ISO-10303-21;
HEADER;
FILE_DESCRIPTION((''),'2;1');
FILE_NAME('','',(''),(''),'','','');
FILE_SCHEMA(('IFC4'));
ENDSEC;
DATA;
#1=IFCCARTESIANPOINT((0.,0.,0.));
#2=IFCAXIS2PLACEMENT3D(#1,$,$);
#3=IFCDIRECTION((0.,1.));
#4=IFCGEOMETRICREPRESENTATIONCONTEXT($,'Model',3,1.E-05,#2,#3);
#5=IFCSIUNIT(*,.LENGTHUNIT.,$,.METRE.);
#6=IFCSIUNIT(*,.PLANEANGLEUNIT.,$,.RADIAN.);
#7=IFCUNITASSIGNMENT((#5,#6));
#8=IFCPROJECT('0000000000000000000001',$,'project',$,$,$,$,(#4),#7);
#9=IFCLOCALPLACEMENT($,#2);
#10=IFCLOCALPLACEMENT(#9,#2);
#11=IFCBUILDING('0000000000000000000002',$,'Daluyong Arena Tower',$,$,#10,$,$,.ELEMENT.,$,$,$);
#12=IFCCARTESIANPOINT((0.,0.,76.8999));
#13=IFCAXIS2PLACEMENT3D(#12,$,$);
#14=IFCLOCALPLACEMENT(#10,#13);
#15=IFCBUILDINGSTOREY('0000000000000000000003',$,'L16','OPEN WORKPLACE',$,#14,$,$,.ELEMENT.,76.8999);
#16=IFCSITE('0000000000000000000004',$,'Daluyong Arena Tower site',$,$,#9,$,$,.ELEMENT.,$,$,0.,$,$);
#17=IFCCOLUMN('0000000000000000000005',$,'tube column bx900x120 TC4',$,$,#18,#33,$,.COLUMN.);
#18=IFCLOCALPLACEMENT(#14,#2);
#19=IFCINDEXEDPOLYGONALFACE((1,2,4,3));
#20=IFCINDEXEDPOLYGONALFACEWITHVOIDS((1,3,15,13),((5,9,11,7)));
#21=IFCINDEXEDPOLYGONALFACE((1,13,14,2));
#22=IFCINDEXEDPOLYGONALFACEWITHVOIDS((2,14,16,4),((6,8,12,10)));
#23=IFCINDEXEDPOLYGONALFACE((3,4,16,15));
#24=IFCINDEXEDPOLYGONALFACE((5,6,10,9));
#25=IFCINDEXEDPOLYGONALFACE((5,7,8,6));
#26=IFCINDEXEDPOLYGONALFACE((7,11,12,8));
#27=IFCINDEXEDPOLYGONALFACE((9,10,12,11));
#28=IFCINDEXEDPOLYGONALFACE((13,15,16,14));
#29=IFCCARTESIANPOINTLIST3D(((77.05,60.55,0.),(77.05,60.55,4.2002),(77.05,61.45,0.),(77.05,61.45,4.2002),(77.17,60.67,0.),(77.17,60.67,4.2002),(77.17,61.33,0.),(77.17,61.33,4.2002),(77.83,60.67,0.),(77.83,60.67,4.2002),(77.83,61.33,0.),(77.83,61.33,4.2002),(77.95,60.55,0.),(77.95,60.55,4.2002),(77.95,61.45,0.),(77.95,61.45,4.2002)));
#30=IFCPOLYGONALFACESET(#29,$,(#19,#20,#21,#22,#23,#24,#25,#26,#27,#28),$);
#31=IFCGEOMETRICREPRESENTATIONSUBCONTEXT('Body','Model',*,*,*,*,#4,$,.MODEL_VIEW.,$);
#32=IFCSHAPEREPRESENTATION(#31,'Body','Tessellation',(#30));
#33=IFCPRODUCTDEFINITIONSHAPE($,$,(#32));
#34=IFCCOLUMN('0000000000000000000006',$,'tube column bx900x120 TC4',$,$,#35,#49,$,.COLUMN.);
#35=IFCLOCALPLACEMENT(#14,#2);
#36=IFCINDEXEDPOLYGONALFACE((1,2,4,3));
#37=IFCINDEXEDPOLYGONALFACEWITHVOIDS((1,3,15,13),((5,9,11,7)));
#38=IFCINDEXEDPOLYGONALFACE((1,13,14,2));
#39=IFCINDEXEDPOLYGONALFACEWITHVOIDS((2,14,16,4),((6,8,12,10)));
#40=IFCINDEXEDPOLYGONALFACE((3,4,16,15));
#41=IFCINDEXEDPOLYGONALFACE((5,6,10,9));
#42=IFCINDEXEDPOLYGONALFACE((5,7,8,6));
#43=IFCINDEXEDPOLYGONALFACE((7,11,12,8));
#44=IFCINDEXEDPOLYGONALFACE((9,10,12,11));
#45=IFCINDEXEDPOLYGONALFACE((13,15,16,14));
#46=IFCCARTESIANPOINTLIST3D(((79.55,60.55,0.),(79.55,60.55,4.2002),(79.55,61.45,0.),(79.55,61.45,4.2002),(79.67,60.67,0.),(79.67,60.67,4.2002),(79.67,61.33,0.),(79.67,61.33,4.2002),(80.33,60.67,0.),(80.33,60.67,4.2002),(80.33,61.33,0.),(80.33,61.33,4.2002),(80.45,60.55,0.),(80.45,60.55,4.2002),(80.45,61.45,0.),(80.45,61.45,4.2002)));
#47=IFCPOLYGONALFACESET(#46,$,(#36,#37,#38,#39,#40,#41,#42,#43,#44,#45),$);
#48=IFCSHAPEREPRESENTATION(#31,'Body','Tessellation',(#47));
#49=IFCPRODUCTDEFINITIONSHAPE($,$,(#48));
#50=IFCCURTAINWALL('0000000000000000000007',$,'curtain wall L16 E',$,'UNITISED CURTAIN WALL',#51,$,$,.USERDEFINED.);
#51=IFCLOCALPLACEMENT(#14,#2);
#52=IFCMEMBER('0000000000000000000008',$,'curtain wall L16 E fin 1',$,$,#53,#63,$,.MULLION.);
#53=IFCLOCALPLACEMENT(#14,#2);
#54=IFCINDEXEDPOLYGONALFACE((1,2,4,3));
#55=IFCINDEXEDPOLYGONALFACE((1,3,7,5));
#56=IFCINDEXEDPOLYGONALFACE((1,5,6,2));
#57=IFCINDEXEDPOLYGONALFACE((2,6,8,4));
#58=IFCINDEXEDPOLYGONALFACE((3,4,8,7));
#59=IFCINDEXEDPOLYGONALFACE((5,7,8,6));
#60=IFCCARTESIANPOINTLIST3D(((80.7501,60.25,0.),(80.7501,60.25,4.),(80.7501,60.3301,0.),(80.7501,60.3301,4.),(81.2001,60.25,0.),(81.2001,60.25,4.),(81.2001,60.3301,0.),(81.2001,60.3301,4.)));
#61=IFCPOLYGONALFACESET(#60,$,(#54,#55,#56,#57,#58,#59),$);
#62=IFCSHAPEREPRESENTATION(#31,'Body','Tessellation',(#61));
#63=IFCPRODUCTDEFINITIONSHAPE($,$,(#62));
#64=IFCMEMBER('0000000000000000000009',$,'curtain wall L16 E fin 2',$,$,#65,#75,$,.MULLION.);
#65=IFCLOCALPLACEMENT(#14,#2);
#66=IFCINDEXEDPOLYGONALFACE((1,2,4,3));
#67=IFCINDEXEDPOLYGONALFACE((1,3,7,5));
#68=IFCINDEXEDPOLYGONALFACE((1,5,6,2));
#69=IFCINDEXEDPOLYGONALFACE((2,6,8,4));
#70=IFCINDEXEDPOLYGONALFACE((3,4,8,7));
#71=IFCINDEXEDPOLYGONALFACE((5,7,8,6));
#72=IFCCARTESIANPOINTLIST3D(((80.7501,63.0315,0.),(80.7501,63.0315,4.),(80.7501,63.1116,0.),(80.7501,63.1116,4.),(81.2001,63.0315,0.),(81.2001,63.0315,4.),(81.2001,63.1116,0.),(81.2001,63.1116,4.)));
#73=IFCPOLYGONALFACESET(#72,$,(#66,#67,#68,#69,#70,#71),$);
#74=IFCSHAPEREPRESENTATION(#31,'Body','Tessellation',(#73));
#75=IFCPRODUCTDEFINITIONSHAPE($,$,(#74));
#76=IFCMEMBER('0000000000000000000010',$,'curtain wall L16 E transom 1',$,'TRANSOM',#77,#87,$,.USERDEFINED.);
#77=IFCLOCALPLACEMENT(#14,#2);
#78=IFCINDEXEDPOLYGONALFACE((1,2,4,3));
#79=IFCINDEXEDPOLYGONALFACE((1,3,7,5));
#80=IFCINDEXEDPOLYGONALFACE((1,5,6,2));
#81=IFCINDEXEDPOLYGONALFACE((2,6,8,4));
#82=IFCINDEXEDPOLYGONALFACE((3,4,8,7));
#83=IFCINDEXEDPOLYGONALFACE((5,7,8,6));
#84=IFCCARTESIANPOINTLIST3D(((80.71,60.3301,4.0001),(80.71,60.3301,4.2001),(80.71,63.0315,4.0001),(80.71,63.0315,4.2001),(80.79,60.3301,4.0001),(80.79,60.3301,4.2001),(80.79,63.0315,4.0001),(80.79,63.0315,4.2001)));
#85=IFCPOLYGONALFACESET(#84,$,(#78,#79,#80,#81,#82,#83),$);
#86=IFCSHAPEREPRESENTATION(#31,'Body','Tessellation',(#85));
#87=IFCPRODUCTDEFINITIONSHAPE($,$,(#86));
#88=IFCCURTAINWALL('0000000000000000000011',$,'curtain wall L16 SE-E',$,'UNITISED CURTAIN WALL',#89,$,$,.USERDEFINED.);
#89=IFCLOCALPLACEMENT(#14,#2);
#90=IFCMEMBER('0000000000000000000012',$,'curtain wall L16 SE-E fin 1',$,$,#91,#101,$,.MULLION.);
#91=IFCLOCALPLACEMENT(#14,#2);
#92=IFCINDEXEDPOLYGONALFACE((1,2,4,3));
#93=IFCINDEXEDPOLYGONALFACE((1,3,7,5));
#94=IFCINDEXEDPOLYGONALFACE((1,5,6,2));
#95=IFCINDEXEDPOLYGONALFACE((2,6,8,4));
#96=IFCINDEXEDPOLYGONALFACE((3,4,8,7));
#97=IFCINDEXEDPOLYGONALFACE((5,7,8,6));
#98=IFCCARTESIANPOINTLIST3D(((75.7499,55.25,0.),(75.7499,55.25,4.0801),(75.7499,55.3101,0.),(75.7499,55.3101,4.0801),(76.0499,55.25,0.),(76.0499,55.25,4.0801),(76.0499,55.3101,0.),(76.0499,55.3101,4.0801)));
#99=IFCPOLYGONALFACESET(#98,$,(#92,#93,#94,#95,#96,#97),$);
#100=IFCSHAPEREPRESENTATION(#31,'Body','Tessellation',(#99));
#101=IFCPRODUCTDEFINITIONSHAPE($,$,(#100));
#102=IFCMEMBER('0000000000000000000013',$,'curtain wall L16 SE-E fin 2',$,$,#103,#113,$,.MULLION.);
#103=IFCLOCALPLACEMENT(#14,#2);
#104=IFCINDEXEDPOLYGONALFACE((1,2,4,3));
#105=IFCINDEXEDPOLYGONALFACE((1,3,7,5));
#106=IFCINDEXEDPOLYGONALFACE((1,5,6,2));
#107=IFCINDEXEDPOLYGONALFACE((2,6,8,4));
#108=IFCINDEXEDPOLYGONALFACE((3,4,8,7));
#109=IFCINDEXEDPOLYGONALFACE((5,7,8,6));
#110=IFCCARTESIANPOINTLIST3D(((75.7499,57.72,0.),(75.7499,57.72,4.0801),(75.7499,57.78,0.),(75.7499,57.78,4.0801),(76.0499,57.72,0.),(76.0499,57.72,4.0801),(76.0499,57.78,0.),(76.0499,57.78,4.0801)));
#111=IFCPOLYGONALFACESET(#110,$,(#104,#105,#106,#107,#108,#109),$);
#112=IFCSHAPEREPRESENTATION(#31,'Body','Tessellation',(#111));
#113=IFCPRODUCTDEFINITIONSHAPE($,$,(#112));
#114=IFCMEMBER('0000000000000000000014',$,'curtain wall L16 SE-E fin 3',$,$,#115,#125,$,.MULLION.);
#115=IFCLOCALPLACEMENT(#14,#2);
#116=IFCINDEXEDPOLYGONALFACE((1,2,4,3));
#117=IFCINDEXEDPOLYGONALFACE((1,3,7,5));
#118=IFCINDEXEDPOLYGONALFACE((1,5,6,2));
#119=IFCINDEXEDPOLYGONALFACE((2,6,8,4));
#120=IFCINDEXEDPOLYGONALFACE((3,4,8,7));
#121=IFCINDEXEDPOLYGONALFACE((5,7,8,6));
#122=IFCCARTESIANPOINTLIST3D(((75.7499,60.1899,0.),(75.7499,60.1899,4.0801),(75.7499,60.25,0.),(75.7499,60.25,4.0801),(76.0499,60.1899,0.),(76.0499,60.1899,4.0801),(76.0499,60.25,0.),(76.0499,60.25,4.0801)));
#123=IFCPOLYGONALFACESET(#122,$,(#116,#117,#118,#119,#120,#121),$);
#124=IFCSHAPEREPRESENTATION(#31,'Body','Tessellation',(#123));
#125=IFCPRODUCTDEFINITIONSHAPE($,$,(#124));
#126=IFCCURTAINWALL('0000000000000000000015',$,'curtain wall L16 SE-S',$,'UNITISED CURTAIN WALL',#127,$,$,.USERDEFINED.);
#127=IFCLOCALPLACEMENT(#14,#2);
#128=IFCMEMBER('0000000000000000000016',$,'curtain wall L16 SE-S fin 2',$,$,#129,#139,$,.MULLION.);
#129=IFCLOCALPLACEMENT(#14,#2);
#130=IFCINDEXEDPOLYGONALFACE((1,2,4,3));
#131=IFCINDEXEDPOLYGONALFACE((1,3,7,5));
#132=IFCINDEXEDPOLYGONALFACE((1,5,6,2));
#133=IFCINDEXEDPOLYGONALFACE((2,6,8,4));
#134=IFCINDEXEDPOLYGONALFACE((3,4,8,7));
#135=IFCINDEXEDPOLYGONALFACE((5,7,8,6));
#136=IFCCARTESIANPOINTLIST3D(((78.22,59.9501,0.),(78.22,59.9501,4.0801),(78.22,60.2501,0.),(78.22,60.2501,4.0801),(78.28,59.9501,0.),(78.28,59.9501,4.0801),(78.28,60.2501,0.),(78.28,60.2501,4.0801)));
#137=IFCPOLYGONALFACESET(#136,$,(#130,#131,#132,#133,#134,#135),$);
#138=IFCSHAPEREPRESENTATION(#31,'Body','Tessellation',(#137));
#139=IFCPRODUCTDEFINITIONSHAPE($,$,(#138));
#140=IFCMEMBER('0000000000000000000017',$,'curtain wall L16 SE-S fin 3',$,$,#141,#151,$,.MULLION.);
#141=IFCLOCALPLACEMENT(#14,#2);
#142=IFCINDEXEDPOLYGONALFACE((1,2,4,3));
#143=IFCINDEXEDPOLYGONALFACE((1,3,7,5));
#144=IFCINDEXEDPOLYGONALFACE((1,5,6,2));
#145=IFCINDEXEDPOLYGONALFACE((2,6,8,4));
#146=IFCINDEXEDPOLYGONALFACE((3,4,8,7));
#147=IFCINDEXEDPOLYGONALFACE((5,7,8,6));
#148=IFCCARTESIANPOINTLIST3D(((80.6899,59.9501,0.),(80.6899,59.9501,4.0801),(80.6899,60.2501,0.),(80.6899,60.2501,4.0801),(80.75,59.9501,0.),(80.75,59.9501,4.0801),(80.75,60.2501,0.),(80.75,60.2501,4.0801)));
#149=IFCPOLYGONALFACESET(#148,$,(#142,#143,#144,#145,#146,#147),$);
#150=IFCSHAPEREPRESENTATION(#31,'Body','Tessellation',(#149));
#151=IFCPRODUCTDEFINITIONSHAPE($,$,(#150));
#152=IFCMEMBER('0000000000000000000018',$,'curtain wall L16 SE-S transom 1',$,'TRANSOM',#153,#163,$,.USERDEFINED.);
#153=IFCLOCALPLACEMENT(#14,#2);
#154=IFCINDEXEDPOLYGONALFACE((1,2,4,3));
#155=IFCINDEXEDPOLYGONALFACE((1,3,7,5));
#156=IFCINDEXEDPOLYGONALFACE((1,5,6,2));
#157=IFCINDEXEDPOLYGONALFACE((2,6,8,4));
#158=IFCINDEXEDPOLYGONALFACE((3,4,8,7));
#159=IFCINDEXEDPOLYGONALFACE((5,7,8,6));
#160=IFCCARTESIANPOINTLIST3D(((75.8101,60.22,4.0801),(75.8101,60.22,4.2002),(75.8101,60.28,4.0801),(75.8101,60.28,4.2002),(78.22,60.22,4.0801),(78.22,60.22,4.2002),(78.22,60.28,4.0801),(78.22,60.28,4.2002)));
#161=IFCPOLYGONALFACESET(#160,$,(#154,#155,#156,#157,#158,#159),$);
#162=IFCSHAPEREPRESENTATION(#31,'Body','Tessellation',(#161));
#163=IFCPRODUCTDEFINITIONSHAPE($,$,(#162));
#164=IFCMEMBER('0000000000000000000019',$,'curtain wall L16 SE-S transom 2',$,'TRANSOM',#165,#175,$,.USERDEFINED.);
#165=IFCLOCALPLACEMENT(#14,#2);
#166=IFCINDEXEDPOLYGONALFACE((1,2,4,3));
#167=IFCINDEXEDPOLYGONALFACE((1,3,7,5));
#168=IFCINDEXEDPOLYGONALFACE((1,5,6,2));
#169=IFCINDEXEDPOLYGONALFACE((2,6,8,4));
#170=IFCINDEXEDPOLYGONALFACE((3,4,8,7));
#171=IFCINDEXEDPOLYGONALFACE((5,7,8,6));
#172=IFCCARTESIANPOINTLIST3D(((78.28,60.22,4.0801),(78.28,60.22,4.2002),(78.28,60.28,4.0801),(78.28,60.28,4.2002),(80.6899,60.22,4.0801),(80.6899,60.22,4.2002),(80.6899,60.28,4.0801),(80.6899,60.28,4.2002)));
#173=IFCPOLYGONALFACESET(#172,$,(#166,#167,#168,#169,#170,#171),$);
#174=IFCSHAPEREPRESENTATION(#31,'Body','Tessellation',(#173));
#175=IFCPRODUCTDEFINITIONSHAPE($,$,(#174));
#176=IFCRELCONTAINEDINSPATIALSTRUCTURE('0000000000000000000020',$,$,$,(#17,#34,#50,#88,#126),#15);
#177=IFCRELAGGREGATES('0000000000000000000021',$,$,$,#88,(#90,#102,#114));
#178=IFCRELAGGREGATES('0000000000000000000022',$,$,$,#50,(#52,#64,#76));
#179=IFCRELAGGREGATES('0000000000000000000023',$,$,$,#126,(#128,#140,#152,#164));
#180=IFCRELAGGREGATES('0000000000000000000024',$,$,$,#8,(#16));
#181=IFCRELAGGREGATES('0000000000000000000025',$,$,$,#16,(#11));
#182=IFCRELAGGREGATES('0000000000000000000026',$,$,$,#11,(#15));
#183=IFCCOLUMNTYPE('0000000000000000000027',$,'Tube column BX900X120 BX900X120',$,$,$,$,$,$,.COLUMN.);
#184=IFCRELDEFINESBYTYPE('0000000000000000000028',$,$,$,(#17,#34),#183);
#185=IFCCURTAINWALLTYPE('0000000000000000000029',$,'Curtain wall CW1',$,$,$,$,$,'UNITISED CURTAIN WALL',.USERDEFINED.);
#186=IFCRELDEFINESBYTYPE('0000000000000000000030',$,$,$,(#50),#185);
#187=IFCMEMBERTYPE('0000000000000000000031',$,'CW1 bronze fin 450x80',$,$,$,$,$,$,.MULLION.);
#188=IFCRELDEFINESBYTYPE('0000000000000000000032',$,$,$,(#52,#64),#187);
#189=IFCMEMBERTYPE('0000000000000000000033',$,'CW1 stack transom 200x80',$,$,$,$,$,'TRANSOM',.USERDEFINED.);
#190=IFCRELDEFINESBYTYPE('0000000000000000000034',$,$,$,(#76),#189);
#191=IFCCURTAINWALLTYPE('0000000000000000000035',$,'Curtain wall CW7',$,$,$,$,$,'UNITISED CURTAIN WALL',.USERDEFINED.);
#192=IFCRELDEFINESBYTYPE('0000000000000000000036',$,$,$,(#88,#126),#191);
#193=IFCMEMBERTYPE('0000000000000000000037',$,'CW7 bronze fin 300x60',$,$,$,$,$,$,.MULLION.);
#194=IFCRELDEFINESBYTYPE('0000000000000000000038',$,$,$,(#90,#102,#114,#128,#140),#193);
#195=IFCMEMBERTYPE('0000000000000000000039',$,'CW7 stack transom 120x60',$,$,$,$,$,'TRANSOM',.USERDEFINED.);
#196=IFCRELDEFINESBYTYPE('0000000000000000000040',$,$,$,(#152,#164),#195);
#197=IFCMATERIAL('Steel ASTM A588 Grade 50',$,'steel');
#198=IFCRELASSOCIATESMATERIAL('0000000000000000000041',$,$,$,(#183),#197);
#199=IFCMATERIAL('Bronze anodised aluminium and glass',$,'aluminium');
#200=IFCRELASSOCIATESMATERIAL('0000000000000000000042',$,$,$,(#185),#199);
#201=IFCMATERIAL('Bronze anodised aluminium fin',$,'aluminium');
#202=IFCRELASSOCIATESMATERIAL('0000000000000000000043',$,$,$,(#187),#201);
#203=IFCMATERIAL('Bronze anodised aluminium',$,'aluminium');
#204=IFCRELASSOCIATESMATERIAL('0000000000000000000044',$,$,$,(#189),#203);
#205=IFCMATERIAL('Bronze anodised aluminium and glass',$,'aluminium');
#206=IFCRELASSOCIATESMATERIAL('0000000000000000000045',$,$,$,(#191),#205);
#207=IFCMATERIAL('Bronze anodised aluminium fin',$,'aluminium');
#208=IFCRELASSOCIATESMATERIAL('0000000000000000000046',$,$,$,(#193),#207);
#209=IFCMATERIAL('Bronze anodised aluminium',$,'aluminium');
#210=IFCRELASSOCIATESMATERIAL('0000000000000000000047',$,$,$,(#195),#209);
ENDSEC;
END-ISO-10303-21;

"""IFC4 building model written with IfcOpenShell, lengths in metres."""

from ifc_helpers import new_model, si_unit, direction, frame, origin, origin_2d, place, context, subcontext, project, spatial, rectangle, hollow_rectangle, extrude, material, material_profile, profile_set, type_object, element, aggregate, save


model = new_model("IFC4")

# Units and contexts
model_context = context("Model", 3, precision=1e-05, world=origin(), true_north=direction((0.0, 1.0)))
body_context = subcontext(model_context, "Body", "Model", "MODEL_VIEW")
ifc_project = project(units=[si_unit("LENGTHUNIT", "METRE"), si_unit("PLANEANGLEUNIT", "RADIAN")], contexts=[model_context])

# Site, building, storey
site_placement = place(None, origin())
site = spatial("IfcSite", under=ifc_project, at=site_placement, Name="Daluyong Arena Tower site", CompositionType="ELEMENT", RefElevation=0.0)
building_placement = place(site_placement, origin())
building = spatial("IfcBuilding", under=site, at=building_placement, Name="Daluyong Arena Tower", CompositionType="ELEMENT")
storey_placement = place(building_placement, frame((0.0, 0.0, 76.8999)))
storey = spatial("IfcBuildingStorey", under=building, at=storey_placement, Name="L16", Description="OPEN WORKPLACE", CompositionType="ELEMENT", Elevation=76.8999)

# Columns
ifc_material_1 = material(Name="Steel ASTM A588 Grade 50", Category="steel")
ifc_material_profile_1 = material_profile(ifc_material_1, hollow_rectangle(XDim=0.8999, YDim=0.8999, WallThickness=0.12, at=origin_2d()))
ifc_profile_set_1 = profile_set([ifc_material_profile_1], Name="Steel ASTM A588 Grade 50")
column_type = type_object("IfcColumnType", Name="Tube column BX900X120 BX900X120", PredefinedType="COLUMN", material=ifc_profile_set_1)
for number, where, z_axis, x_axis, name in (
    (1, (77.5, 61.0, 0.0), (0.0, 0.0, 1.0), (1.0, 0.0, 0.0), "tube column bx900x120 TC4"),
    (2, (80.0, 61.0, 0.0), (0.0, 0.0, 1.0), (0.0, 1.0, 0.0), "tube column bx900x120 TC4"),
):
    element("IfcColumn", number, at=place(storey_placement, frame(where, z_axis=z_axis, x_axis=x_axis)), inside=storey, type_object=column_type, Name=name, PredefinedType="COLUMN", context=body_context, shape_type="SweptSolid", body=[
        extrude(hollow_rectangle(XDim=0.8999, YDim=0.8999, WallThickness=0.12, at=origin_2d()), origin(), (0.0, 0.0, 1.0), 4.2002),
    ])

# Curtain walls, members
ifc_material_2 = material(Name="Bronze anodised aluminium and glass", Category="aluminium")
curtain_wall_type_1 = type_object("IfcCurtainWallType", Name="Curtain wall CW1", ElementType="UNITISED CURTAIN WALL", PredefinedType="USERDEFINED", material=ifc_material_2)
curtain_wall_1_placement = place(storey_placement, origin())
curtain_wall_1 = element("IfcCurtainWall", 3, at=curtain_wall_1_placement, inside=storey, type_object=curtain_wall_type_1, Name="curtain wall L16 E", ObjectType="UNITISED CURTAIN WALL", PredefinedType="USERDEFINED")
ifc_material_3 = material(Name="Bronze anodised aluminium fin", Category="aluminium")
ifc_material_profile_2 = material_profile(ifc_material_3, rectangle(XDim=0.45, YDim=0.0801, at=origin_2d()))
ifc_profile_set_2 = profile_set([ifc_material_profile_2], Name="Bronze anodised aluminium fin")
member_type_1 = type_object("IfcMemberType", Name="CW1 bronze fin 450x80", PredefinedType="MULLION", material=ifc_profile_set_2)
member_1_placement = place(storey_placement, frame((80.9751, 60.29, 0.0), z_axis=(0.0, 0.0, 1.0), x_axis=(-1.0, 0.0, 0.0)))
member_1 = element("IfcMember", 4, at=member_1_placement, type_object=member_type_1, Name="curtain wall L16 E fin 1", PredefinedType="MULLION", context=body_context, shape_type="SweptSolid", body=[
    extrude(rectangle(XDim=0.45, YDim=0.0801, at=origin_2d()), origin(), (0.0, 0.0, 1.0), 4.0),
])
member_2_placement = place(storey_placement, frame((80.9751, 63.0715, 0.0), z_axis=(0.0, 0.0, 1.0), x_axis=(-1.0, 0.0, 0.0)))
member_2 = element("IfcMember", 5, at=member_2_placement, type_object=member_type_1, Name="curtain wall L16 E fin 2", PredefinedType="MULLION", context=body_context, shape_type="SweptSolid", body=[
    extrude(rectangle(XDim=0.45, YDim=0.0801, at=origin_2d()), origin(), (0.0, 0.0, 1.0), 4.0),
])
ifc_material_4 = material(Name="Bronze anodised aluminium", Category="aluminium")
ifc_material_profile_3 = material_profile(ifc_material_4, rectangle(XDim=0.0801, YDim=0.2, at=origin_2d()))
ifc_profile_set_3 = profile_set([ifc_material_profile_3], Name="Bronze anodised aluminium")
member_type_2 = type_object("IfcMemberType", Name="CW1 stack transom 200x80", ElementType="TRANSOM", PredefinedType="USERDEFINED", material=ifc_profile_set_3)
member_3_placement = place(storey_placement, frame((80.75, 60.3301, 4.1001), z_axis=(0.0, 1.0, 0.0), x_axis=(-1.0, 0.0, 0.0)))
member_3 = element("IfcMember", 6, at=member_3_placement, type_object=member_type_2, Name="curtain wall L16 E transom 1", ObjectType="TRANSOM", PredefinedType="USERDEFINED", context=body_context, shape_type="SweptSolid", body=[
    extrude(rectangle(XDim=0.0801, YDim=0.2, at=origin_2d()), origin(), (0.0, 0.0, 1.0), 2.7014),
])
ifc_material_5 = material(Name="Bronze anodised aluminium and glass", Category="aluminium")
curtain_wall_type_2 = type_object("IfcCurtainWallType", Name="Curtain wall CW7", ElementType="UNITISED CURTAIN WALL", PredefinedType="USERDEFINED", material=ifc_material_5)
curtain_wall_2_placement = place(storey_placement, origin())
curtain_wall_2 = element("IfcCurtainWall", 7, at=curtain_wall_2_placement, inside=storey, type_object=curtain_wall_type_2, Name="curtain wall L16 SE-E", ObjectType="UNITISED CURTAIN WALL", PredefinedType="USERDEFINED")
ifc_material_6 = material(Name="Bronze anodised aluminium fin", Category="aluminium")
ifc_material_profile_4 = material_profile(ifc_material_6, rectangle(XDim=0.3, YDim=0.0601, at=origin_2d()))
ifc_profile_set_4 = profile_set([ifc_material_profile_4], Name="Bronze anodised aluminium fin")
member_type_3 = type_object("IfcMemberType", Name="CW7 bronze fin 300x60", PredefinedType="MULLION", material=ifc_profile_set_4)
member_4_placement = place(storey_placement, frame((75.8999, 55.28, 0.0), z_axis=(0.0, 0.0, 1.0), x_axis=(-1.0, 0.0, 0.0)))
member_4 = element("IfcMember", 8, at=member_4_placement, type_object=member_type_3, Name="curtain wall L16 SE-E fin 1", PredefinedType="MULLION", context=body_context, shape_type="SweptSolid", body=[
    extrude(rectangle(XDim=0.3, YDim=0.0601, at=origin_2d()), origin(), (0.0, 0.0, 1.0), 4.0801),
])
member_5_placement = place(storey_placement, frame((75.8999, 57.75, 0.0), z_axis=(0.0, 0.0, 1.0), x_axis=(-1.0, 0.0, 0.0)))
member_5 = element("IfcMember", 9, at=member_5_placement, type_object=member_type_3, Name="curtain wall L16 SE-E fin 2", PredefinedType="MULLION", context=body_context, shape_type="SweptSolid", body=[
    extrude(rectangle(XDim=0.3, YDim=0.0601, at=origin_2d()), origin(), (0.0, 0.0, 1.0), 4.0801),
])
member_6_placement = place(storey_placement, frame((75.8999, 60.22, 0.0), z_axis=(0.0, 0.0, 1.0), x_axis=(-1.0, 0.0, 0.0)))
member_6 = element("IfcMember", 10, at=member_6_placement, type_object=member_type_3, Name="curtain wall L16 SE-E fin 3", PredefinedType="MULLION", context=body_context, shape_type="SweptSolid", body=[
    extrude(rectangle(XDim=0.3, YDim=0.0601, at=origin_2d()), origin(), (0.0, 0.0, 1.0), 4.0801),
])
aggregate(curtain_wall_2, [member_4, member_5, member_6])
curtain_wall_3_placement = place(storey_placement, origin())
curtain_wall_3 = element("IfcCurtainWall", 11, at=curtain_wall_3_placement, inside=storey, type_object=curtain_wall_type_2, Name="curtain wall L16 SE-S", ObjectType="UNITISED CURTAIN WALL", PredefinedType="USERDEFINED")
member_7_placement = place(storey_placement, frame((78.25, 60.1001, 0.0), z_axis=(0.0, 0.0, 1.0), x_axis=(0.0, 1.0, 0.0)))
member_7 = element("IfcMember", 12, at=member_7_placement, type_object=member_type_3, Name="curtain wall L16 SE-S fin 2", PredefinedType="MULLION", context=body_context, shape_type="SweptSolid", body=[
    extrude(rectangle(XDim=0.3, YDim=0.0601, at=origin_2d()), origin(), (0.0, 0.0, 1.0), 4.0801),
])
member_8_placement = place(storey_placement, frame((80.72, 60.1001, 0.0), z_axis=(0.0, 0.0, 1.0), x_axis=(0.0, 1.0, 0.0)))
member_8 = element("IfcMember", 13, at=member_8_placement, type_object=member_type_3, Name="curtain wall L16 SE-S fin 3", PredefinedType="MULLION", context=body_context, shape_type="SweptSolid", body=[
    extrude(rectangle(XDim=0.3, YDim=0.0601, at=origin_2d()), origin(), (0.0, 0.0, 1.0), 4.0801),
])
ifc_material_7 = material(Name="Bronze anodised aluminium", Category="aluminium")
ifc_material_profile_5 = material_profile(ifc_material_7, rectangle(XDim=0.0601, YDim=0.1201, at=origin_2d()))
ifc_profile_set_5 = profile_set([ifc_material_profile_5], Name="Bronze anodised aluminium")
member_type_4 = type_object("IfcMemberType", Name="CW7 stack transom 120x60", ElementType="TRANSOM", PredefinedType="USERDEFINED", material=ifc_profile_set_5)
member_9_placement = place(storey_placement, frame((75.8101, 60.25, 4.1401), z_axis=(1.0, 0.0, 0.0), x_axis=(0.0, 1.0, 0.0)))
member_9 = element("IfcMember", 14, at=member_9_placement, type_object=member_type_4, Name="curtain wall L16 SE-S transom 1", ObjectType="TRANSOM", PredefinedType="USERDEFINED", context=body_context, shape_type="SweptSolid", body=[
    extrude(rectangle(XDim=0.0601, YDim=0.1201, at=origin_2d()), origin(), (0.0, 0.0, 1.0), 2.4099),
])
member_10_placement = place(storey_placement, frame((78.28, 60.25, 4.1401), z_axis=(1.0, 0.0, 0.0), x_axis=(0.0, 1.0, 0.0)))
member_10 = element("IfcMember", 15, at=member_10_placement, type_object=member_type_4, Name="curtain wall L16 SE-S transom 2", ObjectType="TRANSOM", PredefinedType="USERDEFINED", context=body_context, shape_type="SweptSolid", body=[
    extrude(rectangle(XDim=0.0601, YDim=0.1201, at=origin_2d()), origin(), (0.0, 0.0, 1.0), 2.4099),
])

aggregate(curtain_wall_1, [member_1, member_2, member_3])
aggregate(curtain_wall_3, [member_7, member_8, member_9, member_10])

save(model, "model.ifc")
